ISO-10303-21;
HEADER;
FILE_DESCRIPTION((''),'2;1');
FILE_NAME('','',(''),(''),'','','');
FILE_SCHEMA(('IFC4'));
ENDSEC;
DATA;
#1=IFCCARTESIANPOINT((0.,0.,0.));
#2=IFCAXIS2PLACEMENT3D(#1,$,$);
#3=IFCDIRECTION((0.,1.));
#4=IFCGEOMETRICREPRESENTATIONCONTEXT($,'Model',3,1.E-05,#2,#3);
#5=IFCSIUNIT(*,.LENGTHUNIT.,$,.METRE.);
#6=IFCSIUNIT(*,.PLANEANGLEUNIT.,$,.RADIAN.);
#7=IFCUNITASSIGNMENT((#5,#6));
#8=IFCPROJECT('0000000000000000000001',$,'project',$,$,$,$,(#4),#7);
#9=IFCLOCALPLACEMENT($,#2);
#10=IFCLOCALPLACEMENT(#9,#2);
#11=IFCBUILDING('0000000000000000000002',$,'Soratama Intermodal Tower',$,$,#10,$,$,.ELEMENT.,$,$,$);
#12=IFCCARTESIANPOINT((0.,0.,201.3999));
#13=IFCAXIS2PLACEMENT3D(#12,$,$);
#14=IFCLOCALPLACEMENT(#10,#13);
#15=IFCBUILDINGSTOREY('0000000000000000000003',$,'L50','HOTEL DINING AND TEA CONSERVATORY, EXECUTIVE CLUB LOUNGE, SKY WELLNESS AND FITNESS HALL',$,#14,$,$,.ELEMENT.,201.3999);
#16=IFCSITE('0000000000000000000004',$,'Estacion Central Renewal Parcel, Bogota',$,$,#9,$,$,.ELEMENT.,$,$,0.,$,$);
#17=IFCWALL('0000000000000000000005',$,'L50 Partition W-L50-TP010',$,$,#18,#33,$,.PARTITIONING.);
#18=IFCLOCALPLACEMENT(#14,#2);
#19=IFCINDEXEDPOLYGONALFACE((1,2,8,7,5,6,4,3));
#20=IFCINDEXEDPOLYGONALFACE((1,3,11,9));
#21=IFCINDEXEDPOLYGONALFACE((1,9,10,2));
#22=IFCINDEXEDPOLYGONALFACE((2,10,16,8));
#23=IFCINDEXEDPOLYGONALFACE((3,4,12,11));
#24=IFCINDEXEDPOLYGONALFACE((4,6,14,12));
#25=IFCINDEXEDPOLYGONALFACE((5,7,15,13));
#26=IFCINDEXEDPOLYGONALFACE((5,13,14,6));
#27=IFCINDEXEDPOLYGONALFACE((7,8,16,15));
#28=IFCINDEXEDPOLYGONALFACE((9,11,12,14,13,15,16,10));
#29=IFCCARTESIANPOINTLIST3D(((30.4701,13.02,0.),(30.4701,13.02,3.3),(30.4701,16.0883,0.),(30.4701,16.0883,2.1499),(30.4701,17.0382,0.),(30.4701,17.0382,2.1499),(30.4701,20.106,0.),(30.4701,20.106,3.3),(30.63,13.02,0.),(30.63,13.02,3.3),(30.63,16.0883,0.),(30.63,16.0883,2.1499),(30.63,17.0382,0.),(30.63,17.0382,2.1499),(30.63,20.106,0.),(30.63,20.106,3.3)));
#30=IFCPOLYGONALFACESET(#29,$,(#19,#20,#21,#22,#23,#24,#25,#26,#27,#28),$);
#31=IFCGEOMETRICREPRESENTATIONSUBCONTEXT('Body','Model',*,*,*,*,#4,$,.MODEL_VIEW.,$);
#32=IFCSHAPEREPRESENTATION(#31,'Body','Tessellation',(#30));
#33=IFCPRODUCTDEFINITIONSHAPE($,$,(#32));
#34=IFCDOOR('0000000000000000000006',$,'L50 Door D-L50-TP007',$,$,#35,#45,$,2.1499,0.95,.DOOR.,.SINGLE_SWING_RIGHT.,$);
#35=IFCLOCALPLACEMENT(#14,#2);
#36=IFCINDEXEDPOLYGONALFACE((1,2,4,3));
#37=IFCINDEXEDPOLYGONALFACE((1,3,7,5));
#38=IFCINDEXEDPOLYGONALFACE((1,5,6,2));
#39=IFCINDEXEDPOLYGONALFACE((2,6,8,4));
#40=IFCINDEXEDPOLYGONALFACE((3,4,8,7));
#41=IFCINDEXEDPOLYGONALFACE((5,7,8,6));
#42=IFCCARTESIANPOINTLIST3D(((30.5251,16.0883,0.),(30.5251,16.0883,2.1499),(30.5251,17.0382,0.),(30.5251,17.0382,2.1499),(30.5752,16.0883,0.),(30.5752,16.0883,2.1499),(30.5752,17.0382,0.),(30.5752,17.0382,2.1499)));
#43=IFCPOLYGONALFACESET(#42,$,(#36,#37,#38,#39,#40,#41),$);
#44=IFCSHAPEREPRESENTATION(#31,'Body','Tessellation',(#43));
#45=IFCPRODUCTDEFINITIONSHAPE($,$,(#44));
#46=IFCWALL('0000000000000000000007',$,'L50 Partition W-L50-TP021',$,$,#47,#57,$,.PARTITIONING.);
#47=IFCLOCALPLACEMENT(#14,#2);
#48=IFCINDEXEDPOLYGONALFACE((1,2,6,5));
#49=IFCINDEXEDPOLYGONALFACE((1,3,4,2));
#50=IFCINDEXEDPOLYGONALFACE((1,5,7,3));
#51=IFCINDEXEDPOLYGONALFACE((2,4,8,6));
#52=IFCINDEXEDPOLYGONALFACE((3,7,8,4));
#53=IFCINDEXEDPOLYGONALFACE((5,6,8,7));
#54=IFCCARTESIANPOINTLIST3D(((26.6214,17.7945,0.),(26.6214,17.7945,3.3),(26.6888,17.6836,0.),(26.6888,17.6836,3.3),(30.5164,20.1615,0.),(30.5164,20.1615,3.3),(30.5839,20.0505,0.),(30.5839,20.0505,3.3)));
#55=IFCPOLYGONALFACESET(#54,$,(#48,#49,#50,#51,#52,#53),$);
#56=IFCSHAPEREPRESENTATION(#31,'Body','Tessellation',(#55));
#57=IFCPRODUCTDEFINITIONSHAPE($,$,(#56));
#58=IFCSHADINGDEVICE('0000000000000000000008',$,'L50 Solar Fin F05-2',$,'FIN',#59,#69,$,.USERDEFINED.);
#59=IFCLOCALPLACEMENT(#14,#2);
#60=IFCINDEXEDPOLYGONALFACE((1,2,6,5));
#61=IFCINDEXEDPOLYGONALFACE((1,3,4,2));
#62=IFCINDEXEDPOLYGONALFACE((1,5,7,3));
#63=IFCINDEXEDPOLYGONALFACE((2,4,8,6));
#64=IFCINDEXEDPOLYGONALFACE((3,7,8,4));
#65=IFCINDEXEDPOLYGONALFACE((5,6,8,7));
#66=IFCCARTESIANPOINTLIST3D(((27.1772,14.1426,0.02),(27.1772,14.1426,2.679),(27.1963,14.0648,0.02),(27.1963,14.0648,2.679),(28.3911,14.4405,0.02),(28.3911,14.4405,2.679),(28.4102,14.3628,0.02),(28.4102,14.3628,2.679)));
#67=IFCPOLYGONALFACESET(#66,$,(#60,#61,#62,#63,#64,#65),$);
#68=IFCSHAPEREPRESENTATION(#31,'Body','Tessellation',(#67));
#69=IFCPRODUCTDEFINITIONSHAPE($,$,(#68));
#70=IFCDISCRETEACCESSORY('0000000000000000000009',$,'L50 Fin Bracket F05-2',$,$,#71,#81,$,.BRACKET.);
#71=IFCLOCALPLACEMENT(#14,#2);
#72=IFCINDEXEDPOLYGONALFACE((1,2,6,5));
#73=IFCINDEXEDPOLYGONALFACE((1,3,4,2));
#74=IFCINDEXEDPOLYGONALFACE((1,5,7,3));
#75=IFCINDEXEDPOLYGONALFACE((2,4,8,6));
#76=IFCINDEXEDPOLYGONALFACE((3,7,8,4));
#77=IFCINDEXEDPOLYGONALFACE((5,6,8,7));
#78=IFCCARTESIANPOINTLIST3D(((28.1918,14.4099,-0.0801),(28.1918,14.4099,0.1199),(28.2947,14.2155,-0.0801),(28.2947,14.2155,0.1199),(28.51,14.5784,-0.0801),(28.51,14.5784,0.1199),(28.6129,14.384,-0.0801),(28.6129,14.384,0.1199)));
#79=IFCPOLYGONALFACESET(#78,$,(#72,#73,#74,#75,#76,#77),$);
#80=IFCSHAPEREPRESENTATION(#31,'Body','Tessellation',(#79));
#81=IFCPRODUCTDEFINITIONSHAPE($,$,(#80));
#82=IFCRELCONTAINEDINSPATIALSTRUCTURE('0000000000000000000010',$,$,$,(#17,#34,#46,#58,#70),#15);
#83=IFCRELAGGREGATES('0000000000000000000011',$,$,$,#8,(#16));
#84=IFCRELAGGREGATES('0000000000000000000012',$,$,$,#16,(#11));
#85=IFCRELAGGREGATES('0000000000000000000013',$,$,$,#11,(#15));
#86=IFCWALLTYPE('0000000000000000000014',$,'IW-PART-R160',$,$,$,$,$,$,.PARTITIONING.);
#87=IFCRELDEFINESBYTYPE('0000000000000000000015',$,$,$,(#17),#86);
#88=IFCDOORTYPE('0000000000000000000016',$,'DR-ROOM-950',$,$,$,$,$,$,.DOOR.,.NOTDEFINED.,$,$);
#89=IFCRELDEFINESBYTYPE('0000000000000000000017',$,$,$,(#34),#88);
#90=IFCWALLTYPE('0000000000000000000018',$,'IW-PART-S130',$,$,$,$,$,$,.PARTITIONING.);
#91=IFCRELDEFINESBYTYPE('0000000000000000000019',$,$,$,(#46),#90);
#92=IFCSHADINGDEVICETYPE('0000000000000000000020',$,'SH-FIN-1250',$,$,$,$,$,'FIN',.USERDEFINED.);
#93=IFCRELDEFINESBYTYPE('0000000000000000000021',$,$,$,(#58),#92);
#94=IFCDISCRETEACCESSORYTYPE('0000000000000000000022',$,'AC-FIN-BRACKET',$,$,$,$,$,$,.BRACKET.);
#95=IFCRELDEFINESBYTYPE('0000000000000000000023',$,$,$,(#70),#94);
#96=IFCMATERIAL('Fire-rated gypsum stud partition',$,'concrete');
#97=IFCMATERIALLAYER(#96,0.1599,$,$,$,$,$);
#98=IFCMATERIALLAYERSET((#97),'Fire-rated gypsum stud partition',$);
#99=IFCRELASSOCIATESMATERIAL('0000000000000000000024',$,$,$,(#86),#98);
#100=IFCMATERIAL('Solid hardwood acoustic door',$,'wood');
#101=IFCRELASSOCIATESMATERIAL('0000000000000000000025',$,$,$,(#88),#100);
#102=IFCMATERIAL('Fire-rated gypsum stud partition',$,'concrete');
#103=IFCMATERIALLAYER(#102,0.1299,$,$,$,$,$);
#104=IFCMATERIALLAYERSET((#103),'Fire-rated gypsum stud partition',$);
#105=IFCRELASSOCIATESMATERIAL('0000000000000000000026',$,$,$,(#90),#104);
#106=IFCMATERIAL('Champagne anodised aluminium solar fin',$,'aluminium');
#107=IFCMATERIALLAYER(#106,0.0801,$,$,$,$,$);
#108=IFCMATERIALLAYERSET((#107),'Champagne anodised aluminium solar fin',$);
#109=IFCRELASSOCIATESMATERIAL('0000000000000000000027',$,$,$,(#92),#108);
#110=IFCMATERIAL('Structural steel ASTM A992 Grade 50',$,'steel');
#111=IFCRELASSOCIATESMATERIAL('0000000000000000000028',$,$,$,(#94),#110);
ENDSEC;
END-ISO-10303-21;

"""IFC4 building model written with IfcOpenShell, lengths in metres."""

from ifc_helpers import new_model, si_unit, direction, frame, frame_2d, origin, origin_2d, place, context, subcontext, project, spatial, rectangle, extrude, material, layer, layer_set, type_object, element, fill, save


model = new_model("IFC4")

# Units and contexts
model_context = context("Model", 3, precision=1e-05, world=origin(), true_north=direction((0.0, 1.0)))
body_context = subcontext(model_context, "Body", "Model", "MODEL_VIEW")
ifc_project = project(units=[si_unit("LENGTHUNIT", "METRE"), si_unit("PLANEANGLEUNIT", "RADIAN")], contexts=[model_context])

# Site, building, storey
site_placement = place(None, origin())
site = spatial("IfcSite", under=ifc_project, at=site_placement, Name="Estacion Central Renewal Parcel, Bogota", CompositionType="ELEMENT", RefElevation=0.0)
building_placement = place(site_placement, origin())
building = spatial("IfcBuilding", under=site, at=building_placement, Name="Soratama Intermodal Tower", CompositionType="ELEMENT")
storey_placement = place(building_placement, frame((0.0, 0.0, 201.3999)))
storey = spatial("IfcBuildingStorey", under=building, at=storey_placement, Name="L50", Description="HOTEL DINING AND TEA CONSERVATORY, EXECUTIVE CLUB LOUNGE, SKY WELLNESS AND FITNESS HALL", CompositionType="ELEMENT", Elevation=201.3999)

# Wall, opening, door
ifc_material_1 = material(Name="Fire-rated gypsum stud partition", Category="concrete")
ifc_layer_1 = layer(ifc_material_1, 0.1599)
ifc_layer_set_1 = layer_set([ifc_layer_1], Name="Fire-rated gypsum stud partition")
wall_type_1 = type_object("IfcWallType", Name="IW-PART-R160", PredefinedType="PARTITIONING", material=ifc_layer_set_1)
ifc_material_2 = material(Name="Solid hardwood acoustic door", Category="wood")
door_type = type_object("IfcDoorType", Name="DR-ROOM-950", OperationType="NOTDEFINED", PredefinedType="DOOR", material=ifc_material_2)
wall_1_placement = place(storey_placement, frame((30.55, 13.02, 0.0), z_axis=(0.0, 0.0, 1.0), x_axis=(0.0, 1.0, 0.0)))
wall_1 = element("IfcWall", 1, at=wall_1_placement, inside=storey, type_object=wall_type_1, Name="L50 Partition W-L50-TP010", PredefinedType="PARTITIONING", context=body_context, shape_type="SweptSolid", body=[
    extrude(rectangle(XDim=7.0859, YDim=0.1599, at=frame_2d((3.543, 0.0))), origin(), (0.0, 0.0, 1.0), 3.3),
])
opening_1_placement = place(wall_1_placement, frame((3.0681, 0.0, 0.0)))
opening_1 = element("IfcOpeningElement", 2, at=opening_1_placement, cuts=wall_1, PredefinedType="OPENING", context=body_context, shape_type="SweptSolid", body=[
    extrude(rectangle(XDim=0.95, YDim=2.1499, at=frame_2d((0.4751, 1.075))), frame((0.0, 0.0898, 0.0), z_axis=(0.0, -1.0, 0.0), x_axis=(1.0, 0.0, 0.0)), (0.0, 0.0, 1.0), 0.1799),
])
door_1_placement = place(opening_1_placement, origin())
door_1 = element("IfcDoor", 3, at=door_1_placement, inside=storey, type_object=door_type, Name="L50 Door D-L50-TP007", OperationType="SINGLE_SWING_RIGHT", OverallHeight=2.1499, OverallWidth=0.95, PredefinedType="DOOR", context=body_context, shape_type="SweptSolid", body=[
    extrude(rectangle(XDim=0.95, YDim=2.1499, at=frame_2d((0.4751, 1.075))), frame((0.0, 0.0249, 0.0), z_axis=(0.0, -1.0, 0.0), x_axis=(1.0, 0.0, 0.0)), (0.0, 0.0, 1.0), 0.05),
])
fill(opening_1, door_1)

# Wall
ifc_material_3 = material(Name="Fire-rated gypsum stud partition", Category="concrete")
ifc_layer_2 = layer(ifc_material_3, 0.1299)
ifc_layer_set_2 = layer_set([ifc_layer_2], Name="Fire-rated gypsum stud partition")
wall_type_2 = type_object("IfcWallType", Name="IW-PART-S130", PredefinedType="PARTITIONING", material=ifc_layer_set_2)
wall_2_placement = place(storey_placement, frame((30.55, 20.106, 0.0), z_axis=(0.0, 0.0, 1.0), x_axis=(-0.854582, -0.519316, 0.0)))
element("IfcWall", 4, at=wall_2_placement, inside=storey, type_object=wall_type_2, Name="L50 Partition W-L50-TP021", PredefinedType="PARTITIONING", context=body_context, shape_type="SweptSolid", body=[
    extrude(rectangle(XDim=4.5579, YDim=0.1299, at=frame_2d((2.2788, 0.0))), origin(), (0.0, 0.0, 1.0), 3.3),
])

# Shading device
ifc_material_4 = material(Name="Champagne anodised aluminium solar fin", Category="aluminium")
ifc_layer_3 = layer(ifc_material_4, 0.0801)
ifc_layer_set_3 = layer_set([ifc_layer_3], Name="Champagne anodised aluminium solar fin")
shading_device_type = type_object("IfcShadingDeviceType", Name="SH-FIN-1250", ElementType="FIN", PredefinedType="USERDEFINED", material=ifc_layer_set_3)
shading_device_placement = place(storey_placement, frame((27.7937, 14.2527, 0.02), z_axis=(0.0, 0.0, 1.0), x_axis=(-0.971176, -0.238364, 0.0)))
element("IfcShadingDevice", 5, at=shading_device_placement, inside=storey, type_object=shading_device_type, Name="L50 Solar Fin F05-2", ObjectType="FIN", PredefinedType="USERDEFINED", context=body_context, shape_type="SweptSolid", body=[
    extrude(rectangle(XDim=1.25, YDim=0.0801, at=origin_2d()), origin(), (0.0, 0.0, 1.0), 2.6589),
])

# Discrete accessory
ifc_material_5 = material(Name="Structural steel ASTM A992 Grade 50", Category="steel")
discrete_accessory_type = type_object("IfcDiscreteAccessoryType", Name="AC-FIN-BRACKET", PredefinedType="BRACKET", material=ifc_material_5)
discrete_accessory_placement = place(storey_placement, frame((28.4023, 14.397, -0.0801), z_axis=(0.0, 0.0, 1.0), x_axis=(-0.883766, -0.46793, 0.0)))
element("IfcDiscreteAccessory", 6, at=discrete_accessory_placement, inside=storey, type_object=discrete_accessory_type, Name="L50 Fin Bracket F05-2", PredefinedType="BRACKET", context=body_context, shape_type="SweptSolid", body=[
    extrude(rectangle(XDim=0.3601, YDim=0.22, at=origin_2d()), origin(), (0.0, 0.0, 1.0), 0.2),
])

save(model, "model.ifc")
